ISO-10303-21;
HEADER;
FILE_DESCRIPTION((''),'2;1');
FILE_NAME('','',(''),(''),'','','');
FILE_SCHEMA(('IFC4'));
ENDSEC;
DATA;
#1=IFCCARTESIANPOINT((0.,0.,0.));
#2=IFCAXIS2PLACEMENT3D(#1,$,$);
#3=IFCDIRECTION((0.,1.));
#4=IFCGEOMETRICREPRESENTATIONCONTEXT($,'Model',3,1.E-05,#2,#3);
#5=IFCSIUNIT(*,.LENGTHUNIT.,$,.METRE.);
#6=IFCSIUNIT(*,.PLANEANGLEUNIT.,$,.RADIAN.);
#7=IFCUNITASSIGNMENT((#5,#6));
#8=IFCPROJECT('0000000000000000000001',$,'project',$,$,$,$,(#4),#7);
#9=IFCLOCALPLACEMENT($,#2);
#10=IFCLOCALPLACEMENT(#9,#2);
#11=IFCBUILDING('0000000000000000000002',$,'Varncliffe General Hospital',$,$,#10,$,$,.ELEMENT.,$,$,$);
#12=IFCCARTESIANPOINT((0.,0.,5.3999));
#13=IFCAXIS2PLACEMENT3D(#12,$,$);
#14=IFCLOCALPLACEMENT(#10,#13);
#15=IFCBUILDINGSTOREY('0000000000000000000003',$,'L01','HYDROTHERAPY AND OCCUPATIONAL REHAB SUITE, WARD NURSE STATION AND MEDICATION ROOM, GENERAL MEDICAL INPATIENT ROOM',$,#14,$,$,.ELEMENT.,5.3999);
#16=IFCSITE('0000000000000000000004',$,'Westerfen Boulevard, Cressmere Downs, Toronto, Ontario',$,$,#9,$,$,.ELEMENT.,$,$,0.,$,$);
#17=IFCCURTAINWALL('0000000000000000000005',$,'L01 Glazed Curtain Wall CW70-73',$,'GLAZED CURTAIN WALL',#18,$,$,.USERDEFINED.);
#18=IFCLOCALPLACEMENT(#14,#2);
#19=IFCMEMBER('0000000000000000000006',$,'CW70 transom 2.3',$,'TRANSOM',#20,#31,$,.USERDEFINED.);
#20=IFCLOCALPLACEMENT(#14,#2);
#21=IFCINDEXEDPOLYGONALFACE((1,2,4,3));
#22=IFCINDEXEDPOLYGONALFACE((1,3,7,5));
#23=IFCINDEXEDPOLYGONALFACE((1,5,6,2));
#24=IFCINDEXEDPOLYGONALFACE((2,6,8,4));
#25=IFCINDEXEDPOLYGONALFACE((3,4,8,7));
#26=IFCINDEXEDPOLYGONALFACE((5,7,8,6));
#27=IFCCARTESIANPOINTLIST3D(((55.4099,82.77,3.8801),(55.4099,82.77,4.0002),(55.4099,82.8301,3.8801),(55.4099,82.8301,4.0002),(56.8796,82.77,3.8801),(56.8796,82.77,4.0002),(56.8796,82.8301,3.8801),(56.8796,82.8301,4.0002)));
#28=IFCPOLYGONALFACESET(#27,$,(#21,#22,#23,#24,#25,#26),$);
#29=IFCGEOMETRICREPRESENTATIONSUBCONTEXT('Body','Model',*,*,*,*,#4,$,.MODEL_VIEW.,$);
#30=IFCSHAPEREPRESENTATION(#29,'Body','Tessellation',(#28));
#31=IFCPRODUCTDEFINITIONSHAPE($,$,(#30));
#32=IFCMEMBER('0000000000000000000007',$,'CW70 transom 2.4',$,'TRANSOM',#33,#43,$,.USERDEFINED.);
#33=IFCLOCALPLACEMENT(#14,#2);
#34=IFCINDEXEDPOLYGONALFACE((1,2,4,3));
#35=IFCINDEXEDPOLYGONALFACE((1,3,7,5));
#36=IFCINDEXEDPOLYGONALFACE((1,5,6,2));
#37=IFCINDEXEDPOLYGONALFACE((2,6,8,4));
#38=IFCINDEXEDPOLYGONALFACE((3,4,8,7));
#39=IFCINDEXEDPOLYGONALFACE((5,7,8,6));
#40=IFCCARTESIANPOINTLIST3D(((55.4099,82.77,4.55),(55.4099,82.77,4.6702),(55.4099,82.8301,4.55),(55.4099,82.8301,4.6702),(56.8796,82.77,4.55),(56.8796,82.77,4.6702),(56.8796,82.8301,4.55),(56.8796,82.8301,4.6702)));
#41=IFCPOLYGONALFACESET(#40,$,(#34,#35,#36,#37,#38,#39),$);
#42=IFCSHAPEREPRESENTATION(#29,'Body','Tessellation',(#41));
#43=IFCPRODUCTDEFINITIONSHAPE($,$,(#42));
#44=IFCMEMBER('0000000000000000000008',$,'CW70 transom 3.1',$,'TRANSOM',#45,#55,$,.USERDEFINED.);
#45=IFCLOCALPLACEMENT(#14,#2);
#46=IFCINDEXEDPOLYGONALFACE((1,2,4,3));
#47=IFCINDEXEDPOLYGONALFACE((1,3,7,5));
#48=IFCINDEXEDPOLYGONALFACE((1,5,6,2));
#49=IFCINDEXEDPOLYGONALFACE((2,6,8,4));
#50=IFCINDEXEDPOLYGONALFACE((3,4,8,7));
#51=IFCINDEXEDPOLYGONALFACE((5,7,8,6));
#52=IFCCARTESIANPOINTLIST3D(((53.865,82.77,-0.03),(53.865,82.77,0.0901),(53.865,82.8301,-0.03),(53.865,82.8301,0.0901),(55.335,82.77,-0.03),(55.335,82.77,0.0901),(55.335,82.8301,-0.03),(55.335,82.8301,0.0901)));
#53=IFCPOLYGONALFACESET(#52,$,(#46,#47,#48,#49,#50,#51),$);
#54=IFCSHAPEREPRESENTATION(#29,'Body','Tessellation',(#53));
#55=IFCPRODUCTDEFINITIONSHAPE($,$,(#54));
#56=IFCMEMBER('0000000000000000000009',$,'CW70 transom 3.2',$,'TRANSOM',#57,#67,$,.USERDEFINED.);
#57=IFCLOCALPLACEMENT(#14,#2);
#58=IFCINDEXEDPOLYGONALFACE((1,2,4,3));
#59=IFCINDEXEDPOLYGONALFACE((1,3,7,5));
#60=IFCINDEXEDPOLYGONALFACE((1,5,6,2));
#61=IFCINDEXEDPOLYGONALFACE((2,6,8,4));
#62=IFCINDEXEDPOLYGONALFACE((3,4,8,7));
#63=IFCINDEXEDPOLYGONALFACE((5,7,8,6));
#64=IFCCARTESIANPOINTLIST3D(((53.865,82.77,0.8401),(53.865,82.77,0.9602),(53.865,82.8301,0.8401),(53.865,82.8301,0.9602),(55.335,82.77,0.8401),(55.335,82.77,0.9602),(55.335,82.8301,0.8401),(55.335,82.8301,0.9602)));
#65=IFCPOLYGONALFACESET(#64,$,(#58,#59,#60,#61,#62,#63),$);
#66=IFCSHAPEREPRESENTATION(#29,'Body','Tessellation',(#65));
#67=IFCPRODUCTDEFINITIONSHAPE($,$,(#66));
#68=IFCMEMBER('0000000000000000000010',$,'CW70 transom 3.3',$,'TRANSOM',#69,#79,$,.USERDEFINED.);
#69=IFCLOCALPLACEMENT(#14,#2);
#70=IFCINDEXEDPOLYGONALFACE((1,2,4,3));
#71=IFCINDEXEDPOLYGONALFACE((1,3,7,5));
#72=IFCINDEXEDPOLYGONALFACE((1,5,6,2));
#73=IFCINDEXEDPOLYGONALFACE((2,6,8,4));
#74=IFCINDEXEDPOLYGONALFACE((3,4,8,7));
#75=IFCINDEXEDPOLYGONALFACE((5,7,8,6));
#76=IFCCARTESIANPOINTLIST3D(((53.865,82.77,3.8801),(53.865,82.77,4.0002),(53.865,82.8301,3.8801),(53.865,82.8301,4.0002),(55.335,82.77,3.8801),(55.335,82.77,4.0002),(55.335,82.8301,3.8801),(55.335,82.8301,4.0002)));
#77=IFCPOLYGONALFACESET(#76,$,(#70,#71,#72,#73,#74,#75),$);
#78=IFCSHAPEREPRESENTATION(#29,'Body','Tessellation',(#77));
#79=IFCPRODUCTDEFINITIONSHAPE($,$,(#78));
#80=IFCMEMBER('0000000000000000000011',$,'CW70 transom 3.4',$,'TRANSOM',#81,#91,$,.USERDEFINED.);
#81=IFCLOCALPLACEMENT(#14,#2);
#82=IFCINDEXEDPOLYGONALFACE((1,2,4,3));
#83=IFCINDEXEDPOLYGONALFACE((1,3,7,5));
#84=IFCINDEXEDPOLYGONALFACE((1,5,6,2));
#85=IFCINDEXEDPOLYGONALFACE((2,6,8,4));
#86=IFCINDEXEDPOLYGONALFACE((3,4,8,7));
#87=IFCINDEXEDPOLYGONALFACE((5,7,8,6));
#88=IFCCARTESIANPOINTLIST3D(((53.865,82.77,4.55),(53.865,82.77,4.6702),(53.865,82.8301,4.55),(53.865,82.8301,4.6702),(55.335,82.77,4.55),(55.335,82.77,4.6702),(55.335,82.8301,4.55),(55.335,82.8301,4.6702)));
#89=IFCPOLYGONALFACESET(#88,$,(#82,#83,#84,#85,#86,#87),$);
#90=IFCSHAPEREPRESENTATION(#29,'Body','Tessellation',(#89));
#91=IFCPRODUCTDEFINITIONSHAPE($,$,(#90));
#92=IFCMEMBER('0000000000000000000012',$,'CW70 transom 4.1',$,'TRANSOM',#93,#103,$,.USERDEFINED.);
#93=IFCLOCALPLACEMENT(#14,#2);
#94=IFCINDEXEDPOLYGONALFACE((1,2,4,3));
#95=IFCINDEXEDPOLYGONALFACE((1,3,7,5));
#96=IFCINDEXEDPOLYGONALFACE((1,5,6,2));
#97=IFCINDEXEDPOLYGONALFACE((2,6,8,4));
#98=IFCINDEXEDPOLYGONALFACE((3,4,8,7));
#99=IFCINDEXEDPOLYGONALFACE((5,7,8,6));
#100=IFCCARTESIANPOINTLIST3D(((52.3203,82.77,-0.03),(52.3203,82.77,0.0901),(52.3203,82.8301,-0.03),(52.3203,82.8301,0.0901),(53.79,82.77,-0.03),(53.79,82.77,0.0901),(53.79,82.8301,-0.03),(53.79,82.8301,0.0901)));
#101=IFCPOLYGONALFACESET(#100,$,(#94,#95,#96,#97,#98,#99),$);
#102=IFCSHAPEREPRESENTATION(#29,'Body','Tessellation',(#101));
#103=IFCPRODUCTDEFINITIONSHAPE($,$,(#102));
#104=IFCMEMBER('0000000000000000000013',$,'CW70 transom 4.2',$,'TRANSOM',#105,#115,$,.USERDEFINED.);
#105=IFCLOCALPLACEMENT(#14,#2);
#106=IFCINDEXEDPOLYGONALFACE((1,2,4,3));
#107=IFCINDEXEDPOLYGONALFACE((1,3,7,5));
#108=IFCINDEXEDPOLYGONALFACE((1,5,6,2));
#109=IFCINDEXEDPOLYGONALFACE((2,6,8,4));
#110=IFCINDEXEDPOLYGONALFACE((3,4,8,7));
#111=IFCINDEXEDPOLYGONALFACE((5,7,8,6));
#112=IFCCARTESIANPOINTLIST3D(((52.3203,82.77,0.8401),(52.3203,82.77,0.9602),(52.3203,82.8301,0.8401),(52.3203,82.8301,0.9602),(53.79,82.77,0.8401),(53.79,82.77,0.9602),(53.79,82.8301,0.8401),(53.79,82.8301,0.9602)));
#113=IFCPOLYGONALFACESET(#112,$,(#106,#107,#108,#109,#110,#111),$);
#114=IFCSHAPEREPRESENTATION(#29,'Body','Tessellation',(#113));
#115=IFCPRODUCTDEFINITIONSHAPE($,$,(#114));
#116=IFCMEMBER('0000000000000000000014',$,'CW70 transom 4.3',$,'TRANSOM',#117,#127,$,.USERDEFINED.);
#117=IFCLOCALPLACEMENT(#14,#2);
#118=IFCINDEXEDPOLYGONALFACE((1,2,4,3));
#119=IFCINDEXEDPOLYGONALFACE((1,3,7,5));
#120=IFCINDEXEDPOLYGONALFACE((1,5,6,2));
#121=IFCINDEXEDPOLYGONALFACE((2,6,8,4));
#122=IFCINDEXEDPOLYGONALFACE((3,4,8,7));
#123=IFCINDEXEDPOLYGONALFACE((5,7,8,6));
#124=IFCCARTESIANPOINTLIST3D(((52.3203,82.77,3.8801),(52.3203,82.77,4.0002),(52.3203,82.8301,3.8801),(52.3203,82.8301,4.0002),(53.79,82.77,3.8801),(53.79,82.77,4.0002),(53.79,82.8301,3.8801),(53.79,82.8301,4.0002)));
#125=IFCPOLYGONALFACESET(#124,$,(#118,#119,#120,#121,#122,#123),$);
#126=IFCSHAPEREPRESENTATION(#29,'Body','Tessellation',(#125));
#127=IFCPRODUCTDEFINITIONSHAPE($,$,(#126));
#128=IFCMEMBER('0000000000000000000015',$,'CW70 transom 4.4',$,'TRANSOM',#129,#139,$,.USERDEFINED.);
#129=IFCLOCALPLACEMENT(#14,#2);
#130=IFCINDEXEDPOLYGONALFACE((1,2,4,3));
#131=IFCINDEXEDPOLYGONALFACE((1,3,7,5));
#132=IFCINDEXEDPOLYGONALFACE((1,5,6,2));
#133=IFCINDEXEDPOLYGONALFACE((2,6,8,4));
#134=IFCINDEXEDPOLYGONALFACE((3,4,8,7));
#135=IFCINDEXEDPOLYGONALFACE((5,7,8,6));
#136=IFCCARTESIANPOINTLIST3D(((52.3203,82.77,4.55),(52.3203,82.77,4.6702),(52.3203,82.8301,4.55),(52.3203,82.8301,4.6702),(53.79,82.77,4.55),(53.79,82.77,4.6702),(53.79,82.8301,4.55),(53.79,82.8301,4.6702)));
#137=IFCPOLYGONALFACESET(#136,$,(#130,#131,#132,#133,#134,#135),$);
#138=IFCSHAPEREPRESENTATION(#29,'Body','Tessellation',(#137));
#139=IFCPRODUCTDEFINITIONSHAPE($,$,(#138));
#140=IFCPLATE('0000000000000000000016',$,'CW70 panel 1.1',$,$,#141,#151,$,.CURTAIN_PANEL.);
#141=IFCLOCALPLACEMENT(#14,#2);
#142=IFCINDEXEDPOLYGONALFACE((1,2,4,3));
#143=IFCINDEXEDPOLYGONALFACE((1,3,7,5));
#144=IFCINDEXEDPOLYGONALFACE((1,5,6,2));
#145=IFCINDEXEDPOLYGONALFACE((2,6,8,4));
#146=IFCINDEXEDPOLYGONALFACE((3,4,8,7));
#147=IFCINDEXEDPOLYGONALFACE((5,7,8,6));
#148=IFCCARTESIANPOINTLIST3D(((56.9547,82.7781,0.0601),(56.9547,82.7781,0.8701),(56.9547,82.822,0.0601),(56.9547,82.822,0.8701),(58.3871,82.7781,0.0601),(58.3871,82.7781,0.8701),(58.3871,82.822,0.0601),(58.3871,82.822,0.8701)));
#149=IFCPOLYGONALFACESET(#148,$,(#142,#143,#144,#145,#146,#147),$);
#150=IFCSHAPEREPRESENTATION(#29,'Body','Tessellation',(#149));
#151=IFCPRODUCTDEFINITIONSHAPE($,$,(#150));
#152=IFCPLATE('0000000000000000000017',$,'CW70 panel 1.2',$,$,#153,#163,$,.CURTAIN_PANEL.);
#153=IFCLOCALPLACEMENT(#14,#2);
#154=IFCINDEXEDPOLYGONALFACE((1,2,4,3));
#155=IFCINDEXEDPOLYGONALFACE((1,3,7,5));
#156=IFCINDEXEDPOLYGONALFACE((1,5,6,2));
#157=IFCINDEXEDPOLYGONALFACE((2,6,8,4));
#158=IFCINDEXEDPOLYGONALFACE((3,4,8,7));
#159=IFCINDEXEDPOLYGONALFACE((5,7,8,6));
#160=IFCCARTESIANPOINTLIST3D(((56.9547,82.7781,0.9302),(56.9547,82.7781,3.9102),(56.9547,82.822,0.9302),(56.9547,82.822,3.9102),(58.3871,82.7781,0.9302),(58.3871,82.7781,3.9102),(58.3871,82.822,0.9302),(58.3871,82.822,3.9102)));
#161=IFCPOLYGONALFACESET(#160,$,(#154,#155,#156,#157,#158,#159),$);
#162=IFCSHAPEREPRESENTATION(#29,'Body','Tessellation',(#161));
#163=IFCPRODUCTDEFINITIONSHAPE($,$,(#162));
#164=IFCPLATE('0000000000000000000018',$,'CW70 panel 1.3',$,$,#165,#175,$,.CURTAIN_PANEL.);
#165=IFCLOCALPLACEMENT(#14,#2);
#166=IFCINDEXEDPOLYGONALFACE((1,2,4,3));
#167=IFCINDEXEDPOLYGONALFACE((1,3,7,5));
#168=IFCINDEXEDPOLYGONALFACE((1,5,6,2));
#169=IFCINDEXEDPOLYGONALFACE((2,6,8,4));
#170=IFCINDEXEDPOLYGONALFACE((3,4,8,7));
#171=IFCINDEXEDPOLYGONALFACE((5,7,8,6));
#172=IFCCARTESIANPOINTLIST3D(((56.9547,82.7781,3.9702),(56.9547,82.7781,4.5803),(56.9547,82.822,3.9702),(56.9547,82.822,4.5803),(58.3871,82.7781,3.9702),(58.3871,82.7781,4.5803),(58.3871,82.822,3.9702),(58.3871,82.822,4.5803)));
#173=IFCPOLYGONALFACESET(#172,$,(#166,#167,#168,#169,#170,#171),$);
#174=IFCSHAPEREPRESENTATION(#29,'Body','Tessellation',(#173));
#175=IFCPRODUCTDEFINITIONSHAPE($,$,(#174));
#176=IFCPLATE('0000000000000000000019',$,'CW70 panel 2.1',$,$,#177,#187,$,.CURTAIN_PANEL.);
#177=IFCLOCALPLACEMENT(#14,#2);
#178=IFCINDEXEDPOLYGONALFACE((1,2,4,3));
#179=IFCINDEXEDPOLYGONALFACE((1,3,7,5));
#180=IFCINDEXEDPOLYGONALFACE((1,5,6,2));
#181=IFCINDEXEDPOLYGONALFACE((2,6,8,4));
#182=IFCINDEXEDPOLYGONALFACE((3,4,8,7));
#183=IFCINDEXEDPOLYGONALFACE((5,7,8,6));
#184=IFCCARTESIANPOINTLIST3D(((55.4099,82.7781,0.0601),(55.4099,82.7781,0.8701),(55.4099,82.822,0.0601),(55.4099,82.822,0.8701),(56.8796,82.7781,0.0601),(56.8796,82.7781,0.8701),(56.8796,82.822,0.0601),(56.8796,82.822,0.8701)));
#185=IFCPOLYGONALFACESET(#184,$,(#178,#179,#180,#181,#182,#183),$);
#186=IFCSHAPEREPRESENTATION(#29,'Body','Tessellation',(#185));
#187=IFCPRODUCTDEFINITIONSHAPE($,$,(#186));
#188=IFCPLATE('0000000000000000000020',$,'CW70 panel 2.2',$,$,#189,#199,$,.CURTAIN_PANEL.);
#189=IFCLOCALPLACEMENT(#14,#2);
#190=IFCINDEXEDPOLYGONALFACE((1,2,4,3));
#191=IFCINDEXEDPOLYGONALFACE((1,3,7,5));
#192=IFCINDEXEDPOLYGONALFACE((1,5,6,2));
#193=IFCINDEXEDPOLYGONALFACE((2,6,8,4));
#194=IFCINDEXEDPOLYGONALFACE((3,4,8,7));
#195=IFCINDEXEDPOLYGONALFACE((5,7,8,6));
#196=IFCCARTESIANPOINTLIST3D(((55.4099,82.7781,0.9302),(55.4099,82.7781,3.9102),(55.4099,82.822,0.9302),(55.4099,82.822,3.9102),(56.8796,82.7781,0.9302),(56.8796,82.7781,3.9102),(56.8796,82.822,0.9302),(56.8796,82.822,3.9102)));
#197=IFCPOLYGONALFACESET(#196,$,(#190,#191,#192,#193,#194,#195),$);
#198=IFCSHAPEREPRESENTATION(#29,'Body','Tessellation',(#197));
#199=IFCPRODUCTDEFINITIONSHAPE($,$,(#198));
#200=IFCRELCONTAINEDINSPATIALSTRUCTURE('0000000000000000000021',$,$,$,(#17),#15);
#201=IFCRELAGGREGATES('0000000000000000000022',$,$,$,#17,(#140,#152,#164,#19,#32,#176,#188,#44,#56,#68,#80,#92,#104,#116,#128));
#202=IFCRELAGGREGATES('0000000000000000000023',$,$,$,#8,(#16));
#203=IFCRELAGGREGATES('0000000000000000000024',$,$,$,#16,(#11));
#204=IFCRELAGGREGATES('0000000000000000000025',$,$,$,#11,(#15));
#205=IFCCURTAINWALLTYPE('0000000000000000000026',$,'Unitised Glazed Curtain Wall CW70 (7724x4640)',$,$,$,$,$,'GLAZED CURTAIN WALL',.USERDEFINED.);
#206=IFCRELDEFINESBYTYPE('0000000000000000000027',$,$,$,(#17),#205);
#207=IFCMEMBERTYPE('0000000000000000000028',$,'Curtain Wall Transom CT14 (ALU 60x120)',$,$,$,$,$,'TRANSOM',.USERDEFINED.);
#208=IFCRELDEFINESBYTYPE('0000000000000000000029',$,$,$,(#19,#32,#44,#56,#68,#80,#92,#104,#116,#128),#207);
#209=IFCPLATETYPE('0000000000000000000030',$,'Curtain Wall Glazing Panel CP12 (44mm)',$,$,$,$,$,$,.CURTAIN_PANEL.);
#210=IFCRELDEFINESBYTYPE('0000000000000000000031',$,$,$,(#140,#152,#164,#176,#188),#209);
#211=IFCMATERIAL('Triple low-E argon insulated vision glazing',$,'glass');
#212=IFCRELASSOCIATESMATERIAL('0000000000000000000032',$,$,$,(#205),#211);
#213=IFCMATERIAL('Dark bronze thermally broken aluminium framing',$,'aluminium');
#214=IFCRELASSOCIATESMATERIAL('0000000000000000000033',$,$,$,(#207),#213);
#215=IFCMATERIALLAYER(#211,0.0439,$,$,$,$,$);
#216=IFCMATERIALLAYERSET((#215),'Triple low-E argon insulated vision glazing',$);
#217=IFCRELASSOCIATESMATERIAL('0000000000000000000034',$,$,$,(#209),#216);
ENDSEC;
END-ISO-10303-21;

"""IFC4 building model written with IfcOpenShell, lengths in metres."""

from ifc_helpers import new_model, si_unit, direction, frame, origin, origin_2d, place, context, subcontext, project, spatial, rectangle, extrude, material, layer, layer_set, material_profile, profile_set, type_object, element, aggregate, save


model = new_model("IFC4")

# Units and contexts
model_context = context("Model", 3, precision=1e-05, world=origin(), true_north=direction((0.0, 1.0)))
body_context = subcontext(model_context, "Body", "Model", "MODEL_VIEW")
ifc_project = project(units=[si_unit("LENGTHUNIT", "METRE"), si_unit("PLANEANGLEUNIT", "RADIAN")], contexts=[model_context])

# Site, building, storey
site_placement = place(None, origin())
site = spatial("IfcSite", under=ifc_project, at=site_placement, Name="Westerfen Boulevard, Cressmere Downs, Toronto, Ontario", CompositionType="ELEMENT", RefElevation=0.0)
building_placement = place(site_placement, origin())
building = spatial("IfcBuilding", under=site, at=building_placement, Name="Varncliffe General Hospital", CompositionType="ELEMENT")
storey_placement = place(building_placement, frame((0.0, 0.0, 5.3999)))
storey = spatial("IfcBuildingStorey", under=building, at=storey_placement, Name="L01", Description="HYDROTHERAPY AND OCCUPATIONAL REHAB SUITE, WARD NURSE STATION AND MEDICATION ROOM, GENERAL MEDICAL INPATIENT ROOM", CompositionType="ELEMENT", Elevation=5.3999)

# Curtain wall, members, plates
ifc_material_1 = material(Name="Triple low-E argon insulated vision glazing", Category="glass")
curtain_wall_type = type_object("IfcCurtainWallType", Name="Unitised Glazed Curtain Wall CW70 (7724x4640)", ElementType="GLAZED CURTAIN WALL", PredefinedType="USERDEFINED", material=ifc_material_1)
curtain_wall_placement = place(storey_placement, origin())
curtain_wall = element("IfcCurtainWall", 1, at=curtain_wall_placement, inside=storey, type_object=curtain_wall_type, Name="L01 Glazed Curtain Wall CW70-73", ObjectType="GLAZED CURTAIN WALL", PredefinedType="USERDEFINED")
ifc_material_2 = material(Name="Dark bronze thermally broken aluminium framing", Category="aluminium")
ifc_material_profile_1 = material_profile(ifc_material_2, rectangle(XDim=0.0601, YDim=0.1201, at=origin_2d()), Name="ALU 60x120")
ifc_profile_set_1 = profile_set([ifc_material_profile_1], Name="Dark bronze thermally broken aluminium framing")
member_type_1 = type_object("IfcMemberType", Name="Curtain Wall Transom CT14 (ALU 60x120)", ElementType="TRANSOM", PredefinedType="USERDEFINED", material=ifc_profile_set_1)
member_1_placement = place(storey_placement, frame((56.8796, 82.8, 3.9402), z_axis=(-1.0, 0.0, 0.0), x_axis=(0.0, -1.0, 0.0)))
member_1 = element("IfcMember", 2, at=member_1_placement, type_object=member_type_1, Name="CW70 transom 2.3", ObjectType="TRANSOM", PredefinedType="USERDEFINED", context=body_context, shape_type="SweptSolid", body=[
    extrude(rectangle(XDim=0.0601, YDim=0.1201, at=origin_2d()), origin(), (0.0, 0.0, 1.0), 1.4697),
])
member_2_placement = place(storey_placement, frame((56.8796, 82.8, 4.6101), z_axis=(-1.0, 0.0, 0.0), x_axis=(0.0, -1.0, 0.0)))
member_2 = element("IfcMember", 3, at=member_2_placement, type_object=member_type_1, Name="CW70 transom 2.4", ObjectType="TRANSOM", PredefinedType="USERDEFINED", context=body_context, shape_type="SweptSolid", body=[
    extrude(rectangle(XDim=0.0601, YDim=0.1201, at=origin_2d()), origin(), (0.0, 0.0, 1.0), 1.4697),
])
member_3_placement = place(storey_placement, frame((55.335, 82.8, 0.03), z_axis=(-1.0, 0.0, 0.0), x_axis=(0.0, -1.0, 0.0)))
member_3 = element("IfcMember", 4, at=member_3_placement, type_object=member_type_1, Name="CW70 transom 3.1", ObjectType="TRANSOM", PredefinedType="USERDEFINED", context=body_context, shape_type="SweptSolid", body=[
    extrude(rectangle(XDim=0.0601, YDim=0.1201, at=origin_2d()), origin(), (0.0, 0.0, 1.0), 1.47),
])
member_4_placement = place(storey_placement, frame((55.335, 82.8, 0.9001), z_axis=(-1.0, 0.0, 0.0), x_axis=(0.0, -1.0, 0.0)))
member_4 = element("IfcMember", 5, at=member_4_placement, type_object=member_type_1, Name="CW70 transom 3.2", ObjectType="TRANSOM", PredefinedType="USERDEFINED", context=body_context, shape_type="SweptSolid", body=[
    extrude(rectangle(XDim=0.0601, YDim=0.1201, at=origin_2d()), origin(), (0.0, 0.0, 1.0), 1.47),
])
member_5_placement = place(storey_placement, frame((55.335, 82.8, 3.9402), z_axis=(-1.0, 0.0, 0.0), x_axis=(0.0, -1.0, 0.0)))
member_5 = element("IfcMember", 6, at=member_5_placement, type_object=member_type_1, Name="CW70 transom 3.3", ObjectType="TRANSOM", PredefinedType="USERDEFINED", context=body_context, shape_type="SweptSolid", body=[
    extrude(rectangle(XDim=0.0601, YDim=0.1201, at=origin_2d()), origin(), (0.0, 0.0, 1.0), 1.47),
])
member_6_placement = place(storey_placement, frame((55.335, 82.8, 4.6101), z_axis=(-1.0, 0.0, 0.0), x_axis=(0.0, -1.0, 0.0)))
member_6 = element("IfcMember", 7, at=member_6_placement, type_object=member_type_1, Name="CW70 transom 3.4", ObjectType="TRANSOM", PredefinedType="USERDEFINED", context=body_context, shape_type="SweptSolid", body=[
    extrude(rectangle(XDim=0.0601, YDim=0.1201, at=origin_2d()), origin(), (0.0, 0.0, 1.0), 1.47),
])
member_7_placement = place(storey_placement, frame((53.79, 82.8, 0.03), z_axis=(-1.0, 0.0, 0.0), x_axis=(0.0, -1.0, 0.0)))
member_7 = element("IfcMember", 8, at=member_7_placement, type_object=member_type_1, Name="CW70 transom 4.1", ObjectType="TRANSOM", PredefinedType="USERDEFINED", context=body_context, shape_type="SweptSolid", body=[
    extrude(rectangle(XDim=0.0601, YDim=0.1201, at=origin_2d()), origin(), (0.0, 0.0, 1.0), 1.4697),
])
member_8_placement = place(storey_placement, frame((53.79, 82.8, 0.9001), z_axis=(-1.0, 0.0, 0.0), x_axis=(0.0, -1.0, 0.0)))
member_8 = element("IfcMember", 9, at=member_8_placement, type_object=member_type_1, Name="CW70 transom 4.2", ObjectType="TRANSOM", PredefinedType="USERDEFINED", context=body_context, shape_type="SweptSolid", body=[
    extrude(rectangle(XDim=0.0601, YDim=0.1201, at=origin_2d()), origin(), (0.0, 0.0, 1.0), 1.4697),
])
member_9_placement = place(storey_placement, frame((53.79, 82.8, 3.9402), z_axis=(-1.0, 0.0, 0.0), x_axis=(0.0, -1.0, 0.0)))
member_9 = element("IfcMember", 10, at=member_9_placement, type_object=member_type_1, Name="CW70 transom 4.3", ObjectType="TRANSOM", PredefinedType="USERDEFINED", context=body_context, shape_type="SweptSolid", body=[
    extrude(rectangle(XDim=0.0601, YDim=0.1201, at=origin_2d()), origin(), (0.0, 0.0, 1.0), 1.4697),
])
member_10_placement = place(storey_placement, frame((53.79, 82.8, 4.6101), z_axis=(-1.0, 0.0, 0.0), x_axis=(0.0, -1.0, 0.0)))
member_10 = element("IfcMember", 11, at=member_10_placement, type_object=member_type_1, Name="CW70 transom 4.4", ObjectType="TRANSOM", PredefinedType="USERDEFINED", context=body_context, shape_type="SweptSolid", body=[
    extrude(rectangle(XDim=0.0601, YDim=0.1201, at=origin_2d()), origin(), (0.0, 0.0, 1.0), 1.4697),
])
ifc_layer_1 = layer(ifc_material_1, 0.0439)
ifc_layer_set_1 = layer_set([ifc_layer_1], Name="Triple low-E argon insulated vision glazing")
plate_type = type_object("IfcPlateType", Name="Curtain Wall Glazing Panel CP12 (44mm)", PredefinedType="CURTAIN_PANEL", material=ifc_layer_set_1)
plate_1_placement = place(storey_placement, frame((57.6709, 82.8, 0.0601), z_axis=(0.0, 0.0, 1.0), x_axis=(-1.0, 0.0, 0.0)))
plate_1 = element("IfcPlate", 12, at=plate_1_placement, type_object=plate_type, Name="CW70 panel 1.1", PredefinedType="CURTAIN_PANEL", context=body_context, shape_type="SweptSolid", body=[
    extrude(rectangle(XDim=1.4324, YDim=0.0439, at=origin_2d()), origin(), (0.0, 0.0, 1.0), 0.8101),
])
plate_2_placement = place(storey_placement, frame((57.6709, 82.8, 0.9302), z_axis=(0.0, 0.0, 1.0), x_axis=(-1.0, 0.0, 0.0)))
plate_2 = element("IfcPlate", 13, at=plate_2_placement, type_object=plate_type, Name="CW70 panel 1.2", PredefinedType="CURTAIN_PANEL", context=body_context, shape_type="SweptSolid", body=[
    extrude(rectangle(XDim=1.4324, YDim=0.0439, at=origin_2d()), origin(), (0.0, 0.0, 1.0), 2.98),
])
plate_3_placement = place(storey_placement, frame((57.6709, 82.8, 3.9702), z_axis=(0.0, 0.0, 1.0), x_axis=(-1.0, 0.0, 0.0)))
plate_3 = element("IfcPlate", 14, at=plate_3_placement, type_object=plate_type, Name="CW70 panel 1.3", PredefinedType="CURTAIN_PANEL", context=body_context, shape_type="SweptSolid", body=[
    extrude(rectangle(XDim=1.4324, YDim=0.0439, at=origin_2d()), origin(), (0.0, 0.0, 1.0), 0.6101),
])
plate_4_placement = place(storey_placement, frame((56.1448, 82.8, 0.0601), z_axis=(0.0, 0.0, 1.0), x_axis=(-1.0, 0.0, 0.0)))
plate_4 = element("IfcPlate", 15, at=plate_4_placement, type_object=plate_type, Name="CW70 panel 2.1", PredefinedType="CURTAIN_PANEL", context=body_context, shape_type="SweptSolid", body=[
    extrude(rectangle(XDim=1.4697, YDim=0.0439, at=origin_2d()), origin(), (0.0, 0.0, 1.0), 0.8101),
])
plate_5_placement = place(storey_placement, frame((56.1448, 82.8, 0.9302), z_axis=(0.0, 0.0, 1.0), x_axis=(-1.0, 0.0, 0.0)))
plate_5 = element("IfcPlate", 16, at=plate_5_placement, type_object=plate_type, Name="CW70 panel 2.2", PredefinedType="CURTAIN_PANEL", context=body_context, shape_type="SweptSolid", body=[
    extrude(rectangle(XDim=1.4697, YDim=0.0439, at=origin_2d()), origin(), (0.0, 0.0, 1.0), 2.98),
])
aggregate(curtain_wall, [plate_1, plate_2, plate_3, member_1, member_2, plate_4, plate_5, member_3, member_4, member_5, member_6, member_7, member_8, member_9, member_10])

save(model, "model.ifc")
